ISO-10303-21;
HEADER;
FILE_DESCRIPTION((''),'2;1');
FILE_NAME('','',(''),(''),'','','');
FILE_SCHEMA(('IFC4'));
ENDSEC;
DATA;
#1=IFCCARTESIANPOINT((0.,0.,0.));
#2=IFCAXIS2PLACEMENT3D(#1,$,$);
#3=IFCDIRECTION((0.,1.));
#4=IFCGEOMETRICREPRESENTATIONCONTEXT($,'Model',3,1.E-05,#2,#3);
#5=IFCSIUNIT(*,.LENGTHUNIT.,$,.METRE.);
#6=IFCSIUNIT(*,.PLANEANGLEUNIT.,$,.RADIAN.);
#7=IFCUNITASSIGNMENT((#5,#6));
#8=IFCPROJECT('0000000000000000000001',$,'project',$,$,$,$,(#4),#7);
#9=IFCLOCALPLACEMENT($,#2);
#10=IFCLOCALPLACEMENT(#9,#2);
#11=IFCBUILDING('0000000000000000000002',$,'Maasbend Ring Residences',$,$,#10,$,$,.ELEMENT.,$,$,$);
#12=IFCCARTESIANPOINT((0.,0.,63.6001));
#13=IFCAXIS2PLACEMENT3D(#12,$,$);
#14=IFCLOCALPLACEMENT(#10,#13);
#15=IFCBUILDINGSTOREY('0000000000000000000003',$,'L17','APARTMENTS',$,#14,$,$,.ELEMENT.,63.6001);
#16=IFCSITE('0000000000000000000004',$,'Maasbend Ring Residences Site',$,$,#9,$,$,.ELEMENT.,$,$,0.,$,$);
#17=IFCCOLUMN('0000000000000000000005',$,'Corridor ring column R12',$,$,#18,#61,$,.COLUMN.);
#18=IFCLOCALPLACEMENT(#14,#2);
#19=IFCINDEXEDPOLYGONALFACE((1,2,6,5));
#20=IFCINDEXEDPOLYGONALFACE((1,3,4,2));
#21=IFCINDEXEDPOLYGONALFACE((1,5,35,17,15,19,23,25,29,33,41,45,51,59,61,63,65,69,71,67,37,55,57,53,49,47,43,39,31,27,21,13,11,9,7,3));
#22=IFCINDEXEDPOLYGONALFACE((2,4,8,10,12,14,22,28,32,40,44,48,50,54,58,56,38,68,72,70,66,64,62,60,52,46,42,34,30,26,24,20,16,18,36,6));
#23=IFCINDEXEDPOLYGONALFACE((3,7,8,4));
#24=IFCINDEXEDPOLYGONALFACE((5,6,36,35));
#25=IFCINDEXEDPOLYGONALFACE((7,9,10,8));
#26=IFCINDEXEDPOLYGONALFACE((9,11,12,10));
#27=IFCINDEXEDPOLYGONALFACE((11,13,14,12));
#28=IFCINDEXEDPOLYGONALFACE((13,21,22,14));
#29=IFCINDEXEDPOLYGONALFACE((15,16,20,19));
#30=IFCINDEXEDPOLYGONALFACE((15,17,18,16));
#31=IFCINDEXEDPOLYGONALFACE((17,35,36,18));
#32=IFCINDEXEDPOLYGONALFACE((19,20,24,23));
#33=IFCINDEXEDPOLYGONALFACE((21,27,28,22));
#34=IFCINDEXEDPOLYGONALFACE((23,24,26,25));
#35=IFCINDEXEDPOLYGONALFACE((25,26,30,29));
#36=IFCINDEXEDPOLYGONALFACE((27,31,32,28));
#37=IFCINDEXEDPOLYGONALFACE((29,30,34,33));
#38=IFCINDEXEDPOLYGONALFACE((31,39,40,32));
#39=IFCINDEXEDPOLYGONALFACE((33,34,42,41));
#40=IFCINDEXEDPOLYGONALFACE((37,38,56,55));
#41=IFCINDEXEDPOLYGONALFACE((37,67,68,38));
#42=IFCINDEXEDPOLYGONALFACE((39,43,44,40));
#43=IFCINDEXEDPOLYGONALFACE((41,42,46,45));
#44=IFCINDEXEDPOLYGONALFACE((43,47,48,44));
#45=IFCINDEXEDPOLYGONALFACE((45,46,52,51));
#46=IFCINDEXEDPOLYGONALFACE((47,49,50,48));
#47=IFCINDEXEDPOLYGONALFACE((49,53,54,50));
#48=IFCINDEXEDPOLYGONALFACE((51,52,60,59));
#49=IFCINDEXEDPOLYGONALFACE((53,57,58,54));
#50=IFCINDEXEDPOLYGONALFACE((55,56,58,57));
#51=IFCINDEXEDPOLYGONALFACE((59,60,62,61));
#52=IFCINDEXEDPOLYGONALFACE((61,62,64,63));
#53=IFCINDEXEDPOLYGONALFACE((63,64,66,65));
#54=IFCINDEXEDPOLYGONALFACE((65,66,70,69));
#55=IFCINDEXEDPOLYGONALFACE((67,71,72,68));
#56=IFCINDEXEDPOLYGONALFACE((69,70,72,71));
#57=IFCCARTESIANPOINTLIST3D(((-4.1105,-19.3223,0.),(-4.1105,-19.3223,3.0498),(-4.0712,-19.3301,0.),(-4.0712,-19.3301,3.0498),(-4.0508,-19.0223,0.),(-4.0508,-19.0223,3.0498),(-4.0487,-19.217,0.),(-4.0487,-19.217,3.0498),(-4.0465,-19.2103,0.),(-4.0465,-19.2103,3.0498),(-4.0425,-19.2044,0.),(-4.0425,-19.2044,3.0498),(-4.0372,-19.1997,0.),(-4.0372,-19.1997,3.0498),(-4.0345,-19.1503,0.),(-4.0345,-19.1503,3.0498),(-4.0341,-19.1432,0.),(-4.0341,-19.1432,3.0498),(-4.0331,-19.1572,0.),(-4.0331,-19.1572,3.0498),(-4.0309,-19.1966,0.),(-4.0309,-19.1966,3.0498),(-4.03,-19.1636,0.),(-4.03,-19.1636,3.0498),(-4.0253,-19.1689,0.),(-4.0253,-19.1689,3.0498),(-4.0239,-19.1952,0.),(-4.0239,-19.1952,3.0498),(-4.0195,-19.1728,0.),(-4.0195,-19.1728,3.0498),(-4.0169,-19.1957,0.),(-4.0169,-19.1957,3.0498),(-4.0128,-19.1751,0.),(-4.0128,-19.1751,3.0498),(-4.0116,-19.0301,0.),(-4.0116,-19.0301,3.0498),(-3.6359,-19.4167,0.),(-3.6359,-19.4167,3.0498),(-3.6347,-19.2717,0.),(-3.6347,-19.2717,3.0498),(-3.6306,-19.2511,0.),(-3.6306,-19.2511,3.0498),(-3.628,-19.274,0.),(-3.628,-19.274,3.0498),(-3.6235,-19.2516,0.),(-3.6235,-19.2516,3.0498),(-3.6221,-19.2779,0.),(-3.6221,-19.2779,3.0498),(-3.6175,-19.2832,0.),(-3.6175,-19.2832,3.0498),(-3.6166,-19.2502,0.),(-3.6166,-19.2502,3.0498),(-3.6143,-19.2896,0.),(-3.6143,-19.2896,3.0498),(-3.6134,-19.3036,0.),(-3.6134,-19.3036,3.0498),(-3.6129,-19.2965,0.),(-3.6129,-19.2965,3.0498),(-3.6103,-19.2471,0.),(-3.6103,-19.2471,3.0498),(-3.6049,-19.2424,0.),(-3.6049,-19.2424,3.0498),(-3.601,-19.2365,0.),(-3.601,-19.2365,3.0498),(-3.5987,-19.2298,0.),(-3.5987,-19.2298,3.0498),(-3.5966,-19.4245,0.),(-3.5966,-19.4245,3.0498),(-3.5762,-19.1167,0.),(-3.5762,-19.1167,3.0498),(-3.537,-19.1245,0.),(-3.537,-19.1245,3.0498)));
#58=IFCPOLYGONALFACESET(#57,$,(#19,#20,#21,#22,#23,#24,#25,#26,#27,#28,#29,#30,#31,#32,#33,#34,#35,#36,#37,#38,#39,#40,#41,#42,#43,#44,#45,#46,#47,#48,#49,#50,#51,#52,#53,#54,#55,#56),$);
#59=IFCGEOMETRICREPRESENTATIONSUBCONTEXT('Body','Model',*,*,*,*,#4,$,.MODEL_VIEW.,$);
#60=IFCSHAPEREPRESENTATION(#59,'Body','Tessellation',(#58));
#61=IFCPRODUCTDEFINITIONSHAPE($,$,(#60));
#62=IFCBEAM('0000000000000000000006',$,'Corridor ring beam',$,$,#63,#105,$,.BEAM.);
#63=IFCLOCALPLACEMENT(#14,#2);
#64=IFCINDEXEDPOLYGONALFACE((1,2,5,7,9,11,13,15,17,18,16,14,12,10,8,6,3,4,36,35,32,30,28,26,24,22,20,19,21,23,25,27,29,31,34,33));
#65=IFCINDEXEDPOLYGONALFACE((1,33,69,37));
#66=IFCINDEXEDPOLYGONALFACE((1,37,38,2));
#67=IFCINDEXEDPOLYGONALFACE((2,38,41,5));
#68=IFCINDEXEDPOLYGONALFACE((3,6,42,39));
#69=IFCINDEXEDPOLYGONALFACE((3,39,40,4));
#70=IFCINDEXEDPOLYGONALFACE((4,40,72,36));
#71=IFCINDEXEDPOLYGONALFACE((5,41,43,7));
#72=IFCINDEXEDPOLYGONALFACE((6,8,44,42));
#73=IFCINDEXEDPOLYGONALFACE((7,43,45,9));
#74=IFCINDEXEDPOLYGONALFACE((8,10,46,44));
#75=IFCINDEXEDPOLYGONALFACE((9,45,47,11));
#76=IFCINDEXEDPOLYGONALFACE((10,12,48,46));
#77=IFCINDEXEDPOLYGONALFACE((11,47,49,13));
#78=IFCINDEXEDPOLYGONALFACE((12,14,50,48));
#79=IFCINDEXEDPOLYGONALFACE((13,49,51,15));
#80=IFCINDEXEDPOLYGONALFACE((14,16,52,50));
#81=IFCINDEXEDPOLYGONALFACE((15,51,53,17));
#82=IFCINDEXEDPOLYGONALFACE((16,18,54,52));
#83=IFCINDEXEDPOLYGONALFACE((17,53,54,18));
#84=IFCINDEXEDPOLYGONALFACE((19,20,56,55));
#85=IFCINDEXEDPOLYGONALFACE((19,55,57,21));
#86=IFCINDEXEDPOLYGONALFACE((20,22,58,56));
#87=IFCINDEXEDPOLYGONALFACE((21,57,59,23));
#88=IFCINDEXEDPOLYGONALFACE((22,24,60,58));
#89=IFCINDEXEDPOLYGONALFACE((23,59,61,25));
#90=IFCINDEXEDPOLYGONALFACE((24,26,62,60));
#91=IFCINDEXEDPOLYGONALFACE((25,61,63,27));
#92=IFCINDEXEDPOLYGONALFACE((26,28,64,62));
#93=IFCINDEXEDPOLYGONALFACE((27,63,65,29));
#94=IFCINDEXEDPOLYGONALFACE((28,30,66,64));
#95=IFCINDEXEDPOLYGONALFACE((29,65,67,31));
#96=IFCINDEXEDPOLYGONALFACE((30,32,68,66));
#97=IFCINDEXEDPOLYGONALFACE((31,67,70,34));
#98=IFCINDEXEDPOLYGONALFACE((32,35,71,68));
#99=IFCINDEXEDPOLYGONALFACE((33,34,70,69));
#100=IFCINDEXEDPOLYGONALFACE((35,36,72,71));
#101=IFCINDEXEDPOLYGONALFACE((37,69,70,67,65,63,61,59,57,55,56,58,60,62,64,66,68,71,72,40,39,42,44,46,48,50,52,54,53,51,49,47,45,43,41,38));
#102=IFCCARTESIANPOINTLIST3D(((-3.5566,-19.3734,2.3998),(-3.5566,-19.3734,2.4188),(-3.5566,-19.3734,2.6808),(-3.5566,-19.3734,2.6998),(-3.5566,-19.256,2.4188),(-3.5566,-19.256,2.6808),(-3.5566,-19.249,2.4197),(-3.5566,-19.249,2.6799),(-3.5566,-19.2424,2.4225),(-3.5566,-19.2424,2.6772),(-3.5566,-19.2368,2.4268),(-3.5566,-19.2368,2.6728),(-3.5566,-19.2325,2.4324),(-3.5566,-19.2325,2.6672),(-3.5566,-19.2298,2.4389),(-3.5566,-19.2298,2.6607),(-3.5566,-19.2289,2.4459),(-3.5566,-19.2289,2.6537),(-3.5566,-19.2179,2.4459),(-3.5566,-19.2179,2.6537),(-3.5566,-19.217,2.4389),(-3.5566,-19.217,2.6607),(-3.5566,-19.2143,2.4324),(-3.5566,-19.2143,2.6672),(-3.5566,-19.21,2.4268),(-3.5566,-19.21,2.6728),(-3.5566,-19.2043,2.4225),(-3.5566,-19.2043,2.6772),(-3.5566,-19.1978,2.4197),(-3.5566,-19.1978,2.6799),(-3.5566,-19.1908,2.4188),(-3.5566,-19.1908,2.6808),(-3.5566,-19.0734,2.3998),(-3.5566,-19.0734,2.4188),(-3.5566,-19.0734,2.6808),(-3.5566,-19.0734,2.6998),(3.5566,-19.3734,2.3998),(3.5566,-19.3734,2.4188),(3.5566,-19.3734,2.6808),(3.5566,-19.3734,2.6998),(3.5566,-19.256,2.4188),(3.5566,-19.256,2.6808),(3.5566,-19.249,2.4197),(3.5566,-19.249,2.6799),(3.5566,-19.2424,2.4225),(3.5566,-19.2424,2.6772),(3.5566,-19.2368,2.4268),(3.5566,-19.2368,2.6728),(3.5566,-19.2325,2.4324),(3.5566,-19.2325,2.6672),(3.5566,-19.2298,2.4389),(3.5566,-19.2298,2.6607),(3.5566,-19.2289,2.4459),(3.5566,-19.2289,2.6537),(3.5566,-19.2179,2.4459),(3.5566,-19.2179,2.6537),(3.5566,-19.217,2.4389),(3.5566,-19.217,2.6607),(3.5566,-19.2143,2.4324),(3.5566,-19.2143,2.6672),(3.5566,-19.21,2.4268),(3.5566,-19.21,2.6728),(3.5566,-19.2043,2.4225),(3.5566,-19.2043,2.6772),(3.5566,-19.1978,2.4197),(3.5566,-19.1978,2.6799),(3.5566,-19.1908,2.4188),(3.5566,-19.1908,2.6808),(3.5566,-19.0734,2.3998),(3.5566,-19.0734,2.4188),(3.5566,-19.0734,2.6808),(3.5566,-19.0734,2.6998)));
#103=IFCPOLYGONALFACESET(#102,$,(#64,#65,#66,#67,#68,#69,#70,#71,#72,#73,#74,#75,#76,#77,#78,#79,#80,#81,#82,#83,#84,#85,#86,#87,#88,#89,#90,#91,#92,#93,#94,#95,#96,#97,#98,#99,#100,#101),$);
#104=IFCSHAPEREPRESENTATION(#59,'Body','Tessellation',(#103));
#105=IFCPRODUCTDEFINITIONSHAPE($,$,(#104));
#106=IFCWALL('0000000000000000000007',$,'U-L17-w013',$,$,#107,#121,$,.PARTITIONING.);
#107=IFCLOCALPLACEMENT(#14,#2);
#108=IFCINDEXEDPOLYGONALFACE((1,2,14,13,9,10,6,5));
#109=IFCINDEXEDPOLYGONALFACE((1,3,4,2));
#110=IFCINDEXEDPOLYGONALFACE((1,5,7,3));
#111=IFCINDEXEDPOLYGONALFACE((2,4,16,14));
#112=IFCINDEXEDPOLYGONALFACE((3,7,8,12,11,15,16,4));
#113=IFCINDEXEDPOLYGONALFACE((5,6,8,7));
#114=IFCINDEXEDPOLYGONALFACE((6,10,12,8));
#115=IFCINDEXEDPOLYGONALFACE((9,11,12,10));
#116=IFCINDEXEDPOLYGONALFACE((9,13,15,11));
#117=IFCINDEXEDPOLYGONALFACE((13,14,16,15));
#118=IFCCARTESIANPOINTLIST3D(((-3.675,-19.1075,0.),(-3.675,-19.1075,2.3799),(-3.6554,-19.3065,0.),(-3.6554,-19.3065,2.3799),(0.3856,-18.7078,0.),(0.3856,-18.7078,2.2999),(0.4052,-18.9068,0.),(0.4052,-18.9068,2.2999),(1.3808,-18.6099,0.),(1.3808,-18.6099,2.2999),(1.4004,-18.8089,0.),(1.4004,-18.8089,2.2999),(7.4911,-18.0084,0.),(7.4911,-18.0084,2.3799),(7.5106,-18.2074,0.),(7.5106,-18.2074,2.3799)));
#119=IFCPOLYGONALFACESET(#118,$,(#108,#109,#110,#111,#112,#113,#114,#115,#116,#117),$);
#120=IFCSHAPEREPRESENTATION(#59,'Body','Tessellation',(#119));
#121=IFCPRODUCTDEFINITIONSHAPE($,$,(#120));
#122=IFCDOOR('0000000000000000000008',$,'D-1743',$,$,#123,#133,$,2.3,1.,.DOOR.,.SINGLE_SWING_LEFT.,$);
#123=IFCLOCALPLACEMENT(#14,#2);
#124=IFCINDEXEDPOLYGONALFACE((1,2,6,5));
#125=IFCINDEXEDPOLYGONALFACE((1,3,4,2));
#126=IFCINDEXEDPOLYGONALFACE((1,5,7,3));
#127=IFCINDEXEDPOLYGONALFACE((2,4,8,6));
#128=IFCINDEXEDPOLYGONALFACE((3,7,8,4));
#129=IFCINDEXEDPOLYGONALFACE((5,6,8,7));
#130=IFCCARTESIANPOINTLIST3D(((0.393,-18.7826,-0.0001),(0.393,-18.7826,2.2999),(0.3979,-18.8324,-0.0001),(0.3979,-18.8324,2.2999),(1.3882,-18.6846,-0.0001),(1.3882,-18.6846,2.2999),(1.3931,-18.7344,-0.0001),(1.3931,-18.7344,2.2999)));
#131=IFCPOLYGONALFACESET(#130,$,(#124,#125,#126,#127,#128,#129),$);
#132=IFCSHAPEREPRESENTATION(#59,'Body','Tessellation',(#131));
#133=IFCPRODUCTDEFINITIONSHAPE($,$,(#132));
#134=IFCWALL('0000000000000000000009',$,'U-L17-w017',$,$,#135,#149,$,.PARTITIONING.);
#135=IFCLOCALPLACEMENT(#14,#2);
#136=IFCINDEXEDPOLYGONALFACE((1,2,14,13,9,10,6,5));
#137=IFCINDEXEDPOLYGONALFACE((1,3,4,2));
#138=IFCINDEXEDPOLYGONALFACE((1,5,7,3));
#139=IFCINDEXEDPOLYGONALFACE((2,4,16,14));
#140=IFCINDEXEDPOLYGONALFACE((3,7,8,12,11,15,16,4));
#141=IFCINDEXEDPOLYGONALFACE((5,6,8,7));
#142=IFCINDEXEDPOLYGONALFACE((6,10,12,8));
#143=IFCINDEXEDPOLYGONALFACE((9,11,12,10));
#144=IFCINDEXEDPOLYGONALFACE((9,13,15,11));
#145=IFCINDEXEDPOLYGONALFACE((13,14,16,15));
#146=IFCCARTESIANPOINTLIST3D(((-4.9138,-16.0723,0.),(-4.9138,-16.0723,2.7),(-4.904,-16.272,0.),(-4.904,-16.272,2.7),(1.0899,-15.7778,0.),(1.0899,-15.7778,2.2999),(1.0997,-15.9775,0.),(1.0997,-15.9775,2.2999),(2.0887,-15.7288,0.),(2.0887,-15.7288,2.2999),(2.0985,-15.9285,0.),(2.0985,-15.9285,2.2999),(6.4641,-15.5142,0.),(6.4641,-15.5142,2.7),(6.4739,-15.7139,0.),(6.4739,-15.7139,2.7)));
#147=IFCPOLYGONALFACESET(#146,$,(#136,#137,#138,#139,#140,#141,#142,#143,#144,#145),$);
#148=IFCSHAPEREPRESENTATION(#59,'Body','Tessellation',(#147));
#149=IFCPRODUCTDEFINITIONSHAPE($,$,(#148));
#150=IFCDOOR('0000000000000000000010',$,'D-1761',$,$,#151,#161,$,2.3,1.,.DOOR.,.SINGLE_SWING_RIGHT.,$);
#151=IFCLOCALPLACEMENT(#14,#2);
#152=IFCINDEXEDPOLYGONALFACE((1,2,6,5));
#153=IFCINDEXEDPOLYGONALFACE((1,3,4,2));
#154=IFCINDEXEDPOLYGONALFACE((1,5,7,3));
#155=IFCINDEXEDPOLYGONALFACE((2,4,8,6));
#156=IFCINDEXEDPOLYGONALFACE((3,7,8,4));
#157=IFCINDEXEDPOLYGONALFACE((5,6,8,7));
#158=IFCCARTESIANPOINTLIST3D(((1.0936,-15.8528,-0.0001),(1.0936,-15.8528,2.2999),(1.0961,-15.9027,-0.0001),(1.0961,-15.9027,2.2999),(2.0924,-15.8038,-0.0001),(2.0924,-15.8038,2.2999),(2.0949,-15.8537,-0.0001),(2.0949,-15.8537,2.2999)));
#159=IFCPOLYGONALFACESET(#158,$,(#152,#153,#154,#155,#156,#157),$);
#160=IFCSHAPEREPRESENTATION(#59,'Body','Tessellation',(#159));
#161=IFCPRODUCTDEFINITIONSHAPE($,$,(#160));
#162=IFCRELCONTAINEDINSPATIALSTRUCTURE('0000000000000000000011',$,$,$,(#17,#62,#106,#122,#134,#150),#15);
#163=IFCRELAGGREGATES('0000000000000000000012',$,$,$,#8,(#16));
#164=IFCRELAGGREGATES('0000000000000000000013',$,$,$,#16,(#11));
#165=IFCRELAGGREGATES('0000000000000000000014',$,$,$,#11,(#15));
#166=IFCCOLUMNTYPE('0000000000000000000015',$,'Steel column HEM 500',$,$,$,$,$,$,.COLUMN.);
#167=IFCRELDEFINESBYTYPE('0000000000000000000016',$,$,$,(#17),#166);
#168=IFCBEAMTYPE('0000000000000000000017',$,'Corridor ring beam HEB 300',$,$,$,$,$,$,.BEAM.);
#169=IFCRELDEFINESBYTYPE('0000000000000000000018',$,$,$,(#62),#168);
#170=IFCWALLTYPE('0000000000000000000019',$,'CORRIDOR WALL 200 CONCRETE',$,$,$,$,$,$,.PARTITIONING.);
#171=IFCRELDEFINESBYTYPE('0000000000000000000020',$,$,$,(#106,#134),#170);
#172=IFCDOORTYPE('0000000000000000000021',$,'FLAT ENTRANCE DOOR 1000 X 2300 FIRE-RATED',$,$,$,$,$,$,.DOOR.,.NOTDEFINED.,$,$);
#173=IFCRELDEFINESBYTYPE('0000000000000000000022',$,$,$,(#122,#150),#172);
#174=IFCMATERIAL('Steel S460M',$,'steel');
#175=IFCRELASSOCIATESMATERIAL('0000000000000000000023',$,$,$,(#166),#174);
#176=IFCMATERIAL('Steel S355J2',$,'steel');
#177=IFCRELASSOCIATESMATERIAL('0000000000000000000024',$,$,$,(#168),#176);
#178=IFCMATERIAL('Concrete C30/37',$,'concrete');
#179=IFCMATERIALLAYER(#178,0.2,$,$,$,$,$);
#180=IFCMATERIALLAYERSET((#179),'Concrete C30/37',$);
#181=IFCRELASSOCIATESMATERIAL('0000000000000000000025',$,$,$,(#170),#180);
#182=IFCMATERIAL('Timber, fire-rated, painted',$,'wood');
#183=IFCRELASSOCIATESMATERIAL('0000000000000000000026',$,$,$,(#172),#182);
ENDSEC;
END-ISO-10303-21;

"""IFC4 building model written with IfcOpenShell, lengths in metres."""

from ifc_helpers import new_model, si_unit, direction, frame, frame_2d, origin, origin_2d, place, context, subcontext, project, spatial, rectangle, i_section, extrude, material, layer, layer_set, material_profile, profile_set, type_object, element, fill, save


model = new_model("IFC4")

# Units and contexts
model_context = context("Model", 3, precision=1e-05, world=origin(), true_north=direction((0.0, 1.0)))
body_context = subcontext(model_context, "Body", "Model", "MODEL_VIEW")
ifc_project = project(units=[si_unit("LENGTHUNIT", "METRE"), si_unit("PLANEANGLEUNIT", "RADIAN")], contexts=[model_context])

# Site, building, storey
site_placement = place(None, origin())
site = spatial("IfcSite", under=ifc_project, at=site_placement, Name="Maasbend Ring Residences Site", CompositionType="ELEMENT", RefElevation=0.0)
building_placement = place(site_placement, origin())
building = spatial("IfcBuilding", under=site, at=building_placement, Name="Maasbend Ring Residences", CompositionType="ELEMENT")
storey_placement = place(building_placement, frame((0.0, 0.0, 63.6001)))
storey = spatial("IfcBuildingStorey", under=building, at=storey_placement, Name="L17", Description="APARTMENTS", CompositionType="ELEMENT", Elevation=63.6001)

# Column
ifc_material_1 = material(Name="Steel S460M", Category="steel")
ifc_material_profile_1 = material_profile(ifc_material_1, i_section(OverallWidth=0.3059, OverallDepth=0.5239, WebThickness=0.021, FlangeThickness=0.04, FilletRadius=0.0271, at=origin_2d()), Name="HEM 500")
ifc_profile_set_1 = profile_set([ifc_material_profile_1], Name="Steel S460M")
column_type = type_object("IfcColumnType", Name="Steel column HEM 500", PredefinedType="COLUMN", material=ifc_profile_set_1)
column_placement = place(storey_placement, frame((-3.8237, -19.2234, 0.0), z_axis=(0.0, 0.0, 1.0), x_axis=(-0.19509, -0.980785, 0.0)))
element("IfcColumn", 1, at=column_placement, inside=storey, type_object=column_type, Name="Corridor ring column R12", PredefinedType="COLUMN", context=body_context, shape_type="SweptSolid", body=[
    extrude(i_section(OverallWidth=0.3059, OverallDepth=0.5239, WebThickness=0.021, FlangeThickness=0.04, FilletRadius=0.0271, at=origin_2d()), origin(), (0.0, 0.0, 1.0), 3.0498),
])

# Beam
ifc_material_2 = material(Name="Steel S355J2", Category="steel")
ifc_material_profile_2 = material_profile(ifc_material_2, i_section(OverallWidth=0.3, OverallDepth=0.3, WebThickness=0.011, FlangeThickness=0.019, FilletRadius=0.0271, at=origin_2d()), Name="HEB 300")
ifc_profile_set_2 = profile_set([ifc_material_profile_2], Name="Steel S355J2")
beam_type = type_object("IfcBeamType", Name="Corridor ring beam HEB 300", PredefinedType="BEAM", material=ifc_profile_set_2)
beam_placement = place(storey_placement, frame((-3.5566, -19.2234, 2.5498), z_axis=(1.0, 0.0, 0.0), x_axis=(0.0, 1.0, 0.0)))
element("IfcBeam", 2, at=beam_placement, inside=storey, type_object=beam_type, Name="Corridor ring beam", PredefinedType="BEAM", context=body_context, shape_type="SweptSolid", body=[
    extrude(i_section(OverallWidth=0.3, OverallDepth=0.3, WebThickness=0.011, FlangeThickness=0.019, FilletRadius=0.0271, at=origin_2d()), origin(), (0.0, 0.0, 1.0), 7.1133),
])

# Walls, openings, doors
ifc_material_3 = material(Name="Concrete C30/37", Category="concrete")
ifc_layer_1 = layer(ifc_material_3, 0.2)
ifc_layer_set_1 = layer_set([ifc_layer_1], Name="Concrete C30/37")
wall_type_1 = type_object("IfcWallType", Name="CORRIDOR WALL 200 CONCRETE", PredefinedType="PARTITIONING", material=ifc_layer_set_1)
wall_1_placement = place(storey_placement, frame((-3.665, -19.207, 0.0), z_axis=(0.0, 0.0, 1.0), x_axis=(0.99519, 0.097961, 0.0)))
wall_1 = element("IfcWall", 3, at=wall_1_placement, inside=storey, type_object=wall_type_1, Name="U-L17-w013", PredefinedType="PARTITIONING", context=body_context, shape_type="SweptSolid", body=[
    extrude(rectangle(XDim=11.22, YDim=0.2, at=frame_2d((5.6099, 0.0))), origin(), (0.0, 0.0, 1.0), 2.3799),
])
opening_1_placement = place(wall_1_placement, frame((4.0801, 0.0, 0.0)))
opening_1 = element("IfcOpeningElement", 4, at=opening_1_placement, cuts=wall_1, PredefinedType="OPENING", context=body_context, shape_type="SweptSolid", body=[
    extrude(rectangle(XDim=1.0, YDim=2.3, at=frame_2d((0.5, 1.1499))), frame((0.0, 0.1099, 0.0), z_axis=(0.0, -1.0, 0.0), x_axis=(1.0, 0.0, 0.0)), (0.0, 0.0, 1.0), 0.22),
])
ifc_material_4 = material(Name="Timber, fire-rated, painted", Category="wood")
door_type_1 = type_object("IfcDoorType", Name="FLAT ENTRANCE DOOR 1000 X 2300 FIRE-RATED", OperationType="NOTDEFINED", PredefinedType="DOOR", material=ifc_material_4)
door_1_placement = place(opening_1_placement, origin())
door_1 = element("IfcDoor", 5, at=door_1_placement, inside=storey, type_object=door_type_1, Name="D-1743", OperationType="SINGLE_SWING_LEFT", OverallHeight=2.3, OverallWidth=1.0, PredefinedType="DOOR", context=body_context, shape_type="SweptSolid", body=[
    extrude(rectangle(XDim=1.0, YDim=2.3, at=frame_2d((0.5, 1.1499))), frame((0.0, 0.0249, 0.0), z_axis=(0.0, -1.0, 0.0), x_axis=(1.0, 0.0, 0.0)), (0.0, 0.0, 1.0), 0.05),
])
fill(opening_1, door_1)
wall_2_placement = place(storey_placement, frame((-4.9089, -16.1721, 0.0), z_axis=(0.0, 0.0, 1.0), x_axis=(0.998799, 0.048993, 0.0)))
wall_2 = element("IfcWall", 6, at=wall_2_placement, inside=storey, type_object=wall_type_1, Name="U-L17-w017", PredefinedType="PARTITIONING", context=body_context, shape_type="SweptSolid", body=[
    extrude(rectangle(XDim=11.3916, YDim=0.2, at=frame_2d((5.6958, 0.0))), origin(), (0.0, 0.0, 1.0), 2.7),
])
opening_2_placement = place(wall_2_placement, frame((6.011, 0.0, 0.0)))
opening_2 = element("IfcOpeningElement", 7, at=opening_2_placement, cuts=wall_2, PredefinedType="OPENING", context=body_context, shape_type="SweptSolid", body=[
    extrude(rectangle(XDim=1.0, YDim=2.3, at=frame_2d((0.5, 1.1499))), frame((0.0, 0.1099, 0.0), z_axis=(0.0, -1.0, 0.0), x_axis=(1.0, 0.0, 0.0)), (0.0, 0.0, 1.0), 0.22),
])
door_2_placement = place(opening_2_placement, origin())
door_2 = element("IfcDoor", 8, at=door_2_placement, inside=storey, type_object=door_type_1, Name="D-1761", OperationType="SINGLE_SWING_RIGHT", OverallHeight=2.3, OverallWidth=1.0, PredefinedType="DOOR", context=body_context, shape_type="SweptSolid", body=[
    extrude(rectangle(XDim=1.0, YDim=2.3, at=frame_2d((0.5, 1.1499))), frame((0.0, 0.0249, 0.0), z_axis=(0.0, -1.0, 0.0), x_axis=(1.0, 0.0, 0.0)), (0.0, 0.0, 1.0), 0.05),
])
fill(opening_2, door_2)

save(model, "model.ifc")
